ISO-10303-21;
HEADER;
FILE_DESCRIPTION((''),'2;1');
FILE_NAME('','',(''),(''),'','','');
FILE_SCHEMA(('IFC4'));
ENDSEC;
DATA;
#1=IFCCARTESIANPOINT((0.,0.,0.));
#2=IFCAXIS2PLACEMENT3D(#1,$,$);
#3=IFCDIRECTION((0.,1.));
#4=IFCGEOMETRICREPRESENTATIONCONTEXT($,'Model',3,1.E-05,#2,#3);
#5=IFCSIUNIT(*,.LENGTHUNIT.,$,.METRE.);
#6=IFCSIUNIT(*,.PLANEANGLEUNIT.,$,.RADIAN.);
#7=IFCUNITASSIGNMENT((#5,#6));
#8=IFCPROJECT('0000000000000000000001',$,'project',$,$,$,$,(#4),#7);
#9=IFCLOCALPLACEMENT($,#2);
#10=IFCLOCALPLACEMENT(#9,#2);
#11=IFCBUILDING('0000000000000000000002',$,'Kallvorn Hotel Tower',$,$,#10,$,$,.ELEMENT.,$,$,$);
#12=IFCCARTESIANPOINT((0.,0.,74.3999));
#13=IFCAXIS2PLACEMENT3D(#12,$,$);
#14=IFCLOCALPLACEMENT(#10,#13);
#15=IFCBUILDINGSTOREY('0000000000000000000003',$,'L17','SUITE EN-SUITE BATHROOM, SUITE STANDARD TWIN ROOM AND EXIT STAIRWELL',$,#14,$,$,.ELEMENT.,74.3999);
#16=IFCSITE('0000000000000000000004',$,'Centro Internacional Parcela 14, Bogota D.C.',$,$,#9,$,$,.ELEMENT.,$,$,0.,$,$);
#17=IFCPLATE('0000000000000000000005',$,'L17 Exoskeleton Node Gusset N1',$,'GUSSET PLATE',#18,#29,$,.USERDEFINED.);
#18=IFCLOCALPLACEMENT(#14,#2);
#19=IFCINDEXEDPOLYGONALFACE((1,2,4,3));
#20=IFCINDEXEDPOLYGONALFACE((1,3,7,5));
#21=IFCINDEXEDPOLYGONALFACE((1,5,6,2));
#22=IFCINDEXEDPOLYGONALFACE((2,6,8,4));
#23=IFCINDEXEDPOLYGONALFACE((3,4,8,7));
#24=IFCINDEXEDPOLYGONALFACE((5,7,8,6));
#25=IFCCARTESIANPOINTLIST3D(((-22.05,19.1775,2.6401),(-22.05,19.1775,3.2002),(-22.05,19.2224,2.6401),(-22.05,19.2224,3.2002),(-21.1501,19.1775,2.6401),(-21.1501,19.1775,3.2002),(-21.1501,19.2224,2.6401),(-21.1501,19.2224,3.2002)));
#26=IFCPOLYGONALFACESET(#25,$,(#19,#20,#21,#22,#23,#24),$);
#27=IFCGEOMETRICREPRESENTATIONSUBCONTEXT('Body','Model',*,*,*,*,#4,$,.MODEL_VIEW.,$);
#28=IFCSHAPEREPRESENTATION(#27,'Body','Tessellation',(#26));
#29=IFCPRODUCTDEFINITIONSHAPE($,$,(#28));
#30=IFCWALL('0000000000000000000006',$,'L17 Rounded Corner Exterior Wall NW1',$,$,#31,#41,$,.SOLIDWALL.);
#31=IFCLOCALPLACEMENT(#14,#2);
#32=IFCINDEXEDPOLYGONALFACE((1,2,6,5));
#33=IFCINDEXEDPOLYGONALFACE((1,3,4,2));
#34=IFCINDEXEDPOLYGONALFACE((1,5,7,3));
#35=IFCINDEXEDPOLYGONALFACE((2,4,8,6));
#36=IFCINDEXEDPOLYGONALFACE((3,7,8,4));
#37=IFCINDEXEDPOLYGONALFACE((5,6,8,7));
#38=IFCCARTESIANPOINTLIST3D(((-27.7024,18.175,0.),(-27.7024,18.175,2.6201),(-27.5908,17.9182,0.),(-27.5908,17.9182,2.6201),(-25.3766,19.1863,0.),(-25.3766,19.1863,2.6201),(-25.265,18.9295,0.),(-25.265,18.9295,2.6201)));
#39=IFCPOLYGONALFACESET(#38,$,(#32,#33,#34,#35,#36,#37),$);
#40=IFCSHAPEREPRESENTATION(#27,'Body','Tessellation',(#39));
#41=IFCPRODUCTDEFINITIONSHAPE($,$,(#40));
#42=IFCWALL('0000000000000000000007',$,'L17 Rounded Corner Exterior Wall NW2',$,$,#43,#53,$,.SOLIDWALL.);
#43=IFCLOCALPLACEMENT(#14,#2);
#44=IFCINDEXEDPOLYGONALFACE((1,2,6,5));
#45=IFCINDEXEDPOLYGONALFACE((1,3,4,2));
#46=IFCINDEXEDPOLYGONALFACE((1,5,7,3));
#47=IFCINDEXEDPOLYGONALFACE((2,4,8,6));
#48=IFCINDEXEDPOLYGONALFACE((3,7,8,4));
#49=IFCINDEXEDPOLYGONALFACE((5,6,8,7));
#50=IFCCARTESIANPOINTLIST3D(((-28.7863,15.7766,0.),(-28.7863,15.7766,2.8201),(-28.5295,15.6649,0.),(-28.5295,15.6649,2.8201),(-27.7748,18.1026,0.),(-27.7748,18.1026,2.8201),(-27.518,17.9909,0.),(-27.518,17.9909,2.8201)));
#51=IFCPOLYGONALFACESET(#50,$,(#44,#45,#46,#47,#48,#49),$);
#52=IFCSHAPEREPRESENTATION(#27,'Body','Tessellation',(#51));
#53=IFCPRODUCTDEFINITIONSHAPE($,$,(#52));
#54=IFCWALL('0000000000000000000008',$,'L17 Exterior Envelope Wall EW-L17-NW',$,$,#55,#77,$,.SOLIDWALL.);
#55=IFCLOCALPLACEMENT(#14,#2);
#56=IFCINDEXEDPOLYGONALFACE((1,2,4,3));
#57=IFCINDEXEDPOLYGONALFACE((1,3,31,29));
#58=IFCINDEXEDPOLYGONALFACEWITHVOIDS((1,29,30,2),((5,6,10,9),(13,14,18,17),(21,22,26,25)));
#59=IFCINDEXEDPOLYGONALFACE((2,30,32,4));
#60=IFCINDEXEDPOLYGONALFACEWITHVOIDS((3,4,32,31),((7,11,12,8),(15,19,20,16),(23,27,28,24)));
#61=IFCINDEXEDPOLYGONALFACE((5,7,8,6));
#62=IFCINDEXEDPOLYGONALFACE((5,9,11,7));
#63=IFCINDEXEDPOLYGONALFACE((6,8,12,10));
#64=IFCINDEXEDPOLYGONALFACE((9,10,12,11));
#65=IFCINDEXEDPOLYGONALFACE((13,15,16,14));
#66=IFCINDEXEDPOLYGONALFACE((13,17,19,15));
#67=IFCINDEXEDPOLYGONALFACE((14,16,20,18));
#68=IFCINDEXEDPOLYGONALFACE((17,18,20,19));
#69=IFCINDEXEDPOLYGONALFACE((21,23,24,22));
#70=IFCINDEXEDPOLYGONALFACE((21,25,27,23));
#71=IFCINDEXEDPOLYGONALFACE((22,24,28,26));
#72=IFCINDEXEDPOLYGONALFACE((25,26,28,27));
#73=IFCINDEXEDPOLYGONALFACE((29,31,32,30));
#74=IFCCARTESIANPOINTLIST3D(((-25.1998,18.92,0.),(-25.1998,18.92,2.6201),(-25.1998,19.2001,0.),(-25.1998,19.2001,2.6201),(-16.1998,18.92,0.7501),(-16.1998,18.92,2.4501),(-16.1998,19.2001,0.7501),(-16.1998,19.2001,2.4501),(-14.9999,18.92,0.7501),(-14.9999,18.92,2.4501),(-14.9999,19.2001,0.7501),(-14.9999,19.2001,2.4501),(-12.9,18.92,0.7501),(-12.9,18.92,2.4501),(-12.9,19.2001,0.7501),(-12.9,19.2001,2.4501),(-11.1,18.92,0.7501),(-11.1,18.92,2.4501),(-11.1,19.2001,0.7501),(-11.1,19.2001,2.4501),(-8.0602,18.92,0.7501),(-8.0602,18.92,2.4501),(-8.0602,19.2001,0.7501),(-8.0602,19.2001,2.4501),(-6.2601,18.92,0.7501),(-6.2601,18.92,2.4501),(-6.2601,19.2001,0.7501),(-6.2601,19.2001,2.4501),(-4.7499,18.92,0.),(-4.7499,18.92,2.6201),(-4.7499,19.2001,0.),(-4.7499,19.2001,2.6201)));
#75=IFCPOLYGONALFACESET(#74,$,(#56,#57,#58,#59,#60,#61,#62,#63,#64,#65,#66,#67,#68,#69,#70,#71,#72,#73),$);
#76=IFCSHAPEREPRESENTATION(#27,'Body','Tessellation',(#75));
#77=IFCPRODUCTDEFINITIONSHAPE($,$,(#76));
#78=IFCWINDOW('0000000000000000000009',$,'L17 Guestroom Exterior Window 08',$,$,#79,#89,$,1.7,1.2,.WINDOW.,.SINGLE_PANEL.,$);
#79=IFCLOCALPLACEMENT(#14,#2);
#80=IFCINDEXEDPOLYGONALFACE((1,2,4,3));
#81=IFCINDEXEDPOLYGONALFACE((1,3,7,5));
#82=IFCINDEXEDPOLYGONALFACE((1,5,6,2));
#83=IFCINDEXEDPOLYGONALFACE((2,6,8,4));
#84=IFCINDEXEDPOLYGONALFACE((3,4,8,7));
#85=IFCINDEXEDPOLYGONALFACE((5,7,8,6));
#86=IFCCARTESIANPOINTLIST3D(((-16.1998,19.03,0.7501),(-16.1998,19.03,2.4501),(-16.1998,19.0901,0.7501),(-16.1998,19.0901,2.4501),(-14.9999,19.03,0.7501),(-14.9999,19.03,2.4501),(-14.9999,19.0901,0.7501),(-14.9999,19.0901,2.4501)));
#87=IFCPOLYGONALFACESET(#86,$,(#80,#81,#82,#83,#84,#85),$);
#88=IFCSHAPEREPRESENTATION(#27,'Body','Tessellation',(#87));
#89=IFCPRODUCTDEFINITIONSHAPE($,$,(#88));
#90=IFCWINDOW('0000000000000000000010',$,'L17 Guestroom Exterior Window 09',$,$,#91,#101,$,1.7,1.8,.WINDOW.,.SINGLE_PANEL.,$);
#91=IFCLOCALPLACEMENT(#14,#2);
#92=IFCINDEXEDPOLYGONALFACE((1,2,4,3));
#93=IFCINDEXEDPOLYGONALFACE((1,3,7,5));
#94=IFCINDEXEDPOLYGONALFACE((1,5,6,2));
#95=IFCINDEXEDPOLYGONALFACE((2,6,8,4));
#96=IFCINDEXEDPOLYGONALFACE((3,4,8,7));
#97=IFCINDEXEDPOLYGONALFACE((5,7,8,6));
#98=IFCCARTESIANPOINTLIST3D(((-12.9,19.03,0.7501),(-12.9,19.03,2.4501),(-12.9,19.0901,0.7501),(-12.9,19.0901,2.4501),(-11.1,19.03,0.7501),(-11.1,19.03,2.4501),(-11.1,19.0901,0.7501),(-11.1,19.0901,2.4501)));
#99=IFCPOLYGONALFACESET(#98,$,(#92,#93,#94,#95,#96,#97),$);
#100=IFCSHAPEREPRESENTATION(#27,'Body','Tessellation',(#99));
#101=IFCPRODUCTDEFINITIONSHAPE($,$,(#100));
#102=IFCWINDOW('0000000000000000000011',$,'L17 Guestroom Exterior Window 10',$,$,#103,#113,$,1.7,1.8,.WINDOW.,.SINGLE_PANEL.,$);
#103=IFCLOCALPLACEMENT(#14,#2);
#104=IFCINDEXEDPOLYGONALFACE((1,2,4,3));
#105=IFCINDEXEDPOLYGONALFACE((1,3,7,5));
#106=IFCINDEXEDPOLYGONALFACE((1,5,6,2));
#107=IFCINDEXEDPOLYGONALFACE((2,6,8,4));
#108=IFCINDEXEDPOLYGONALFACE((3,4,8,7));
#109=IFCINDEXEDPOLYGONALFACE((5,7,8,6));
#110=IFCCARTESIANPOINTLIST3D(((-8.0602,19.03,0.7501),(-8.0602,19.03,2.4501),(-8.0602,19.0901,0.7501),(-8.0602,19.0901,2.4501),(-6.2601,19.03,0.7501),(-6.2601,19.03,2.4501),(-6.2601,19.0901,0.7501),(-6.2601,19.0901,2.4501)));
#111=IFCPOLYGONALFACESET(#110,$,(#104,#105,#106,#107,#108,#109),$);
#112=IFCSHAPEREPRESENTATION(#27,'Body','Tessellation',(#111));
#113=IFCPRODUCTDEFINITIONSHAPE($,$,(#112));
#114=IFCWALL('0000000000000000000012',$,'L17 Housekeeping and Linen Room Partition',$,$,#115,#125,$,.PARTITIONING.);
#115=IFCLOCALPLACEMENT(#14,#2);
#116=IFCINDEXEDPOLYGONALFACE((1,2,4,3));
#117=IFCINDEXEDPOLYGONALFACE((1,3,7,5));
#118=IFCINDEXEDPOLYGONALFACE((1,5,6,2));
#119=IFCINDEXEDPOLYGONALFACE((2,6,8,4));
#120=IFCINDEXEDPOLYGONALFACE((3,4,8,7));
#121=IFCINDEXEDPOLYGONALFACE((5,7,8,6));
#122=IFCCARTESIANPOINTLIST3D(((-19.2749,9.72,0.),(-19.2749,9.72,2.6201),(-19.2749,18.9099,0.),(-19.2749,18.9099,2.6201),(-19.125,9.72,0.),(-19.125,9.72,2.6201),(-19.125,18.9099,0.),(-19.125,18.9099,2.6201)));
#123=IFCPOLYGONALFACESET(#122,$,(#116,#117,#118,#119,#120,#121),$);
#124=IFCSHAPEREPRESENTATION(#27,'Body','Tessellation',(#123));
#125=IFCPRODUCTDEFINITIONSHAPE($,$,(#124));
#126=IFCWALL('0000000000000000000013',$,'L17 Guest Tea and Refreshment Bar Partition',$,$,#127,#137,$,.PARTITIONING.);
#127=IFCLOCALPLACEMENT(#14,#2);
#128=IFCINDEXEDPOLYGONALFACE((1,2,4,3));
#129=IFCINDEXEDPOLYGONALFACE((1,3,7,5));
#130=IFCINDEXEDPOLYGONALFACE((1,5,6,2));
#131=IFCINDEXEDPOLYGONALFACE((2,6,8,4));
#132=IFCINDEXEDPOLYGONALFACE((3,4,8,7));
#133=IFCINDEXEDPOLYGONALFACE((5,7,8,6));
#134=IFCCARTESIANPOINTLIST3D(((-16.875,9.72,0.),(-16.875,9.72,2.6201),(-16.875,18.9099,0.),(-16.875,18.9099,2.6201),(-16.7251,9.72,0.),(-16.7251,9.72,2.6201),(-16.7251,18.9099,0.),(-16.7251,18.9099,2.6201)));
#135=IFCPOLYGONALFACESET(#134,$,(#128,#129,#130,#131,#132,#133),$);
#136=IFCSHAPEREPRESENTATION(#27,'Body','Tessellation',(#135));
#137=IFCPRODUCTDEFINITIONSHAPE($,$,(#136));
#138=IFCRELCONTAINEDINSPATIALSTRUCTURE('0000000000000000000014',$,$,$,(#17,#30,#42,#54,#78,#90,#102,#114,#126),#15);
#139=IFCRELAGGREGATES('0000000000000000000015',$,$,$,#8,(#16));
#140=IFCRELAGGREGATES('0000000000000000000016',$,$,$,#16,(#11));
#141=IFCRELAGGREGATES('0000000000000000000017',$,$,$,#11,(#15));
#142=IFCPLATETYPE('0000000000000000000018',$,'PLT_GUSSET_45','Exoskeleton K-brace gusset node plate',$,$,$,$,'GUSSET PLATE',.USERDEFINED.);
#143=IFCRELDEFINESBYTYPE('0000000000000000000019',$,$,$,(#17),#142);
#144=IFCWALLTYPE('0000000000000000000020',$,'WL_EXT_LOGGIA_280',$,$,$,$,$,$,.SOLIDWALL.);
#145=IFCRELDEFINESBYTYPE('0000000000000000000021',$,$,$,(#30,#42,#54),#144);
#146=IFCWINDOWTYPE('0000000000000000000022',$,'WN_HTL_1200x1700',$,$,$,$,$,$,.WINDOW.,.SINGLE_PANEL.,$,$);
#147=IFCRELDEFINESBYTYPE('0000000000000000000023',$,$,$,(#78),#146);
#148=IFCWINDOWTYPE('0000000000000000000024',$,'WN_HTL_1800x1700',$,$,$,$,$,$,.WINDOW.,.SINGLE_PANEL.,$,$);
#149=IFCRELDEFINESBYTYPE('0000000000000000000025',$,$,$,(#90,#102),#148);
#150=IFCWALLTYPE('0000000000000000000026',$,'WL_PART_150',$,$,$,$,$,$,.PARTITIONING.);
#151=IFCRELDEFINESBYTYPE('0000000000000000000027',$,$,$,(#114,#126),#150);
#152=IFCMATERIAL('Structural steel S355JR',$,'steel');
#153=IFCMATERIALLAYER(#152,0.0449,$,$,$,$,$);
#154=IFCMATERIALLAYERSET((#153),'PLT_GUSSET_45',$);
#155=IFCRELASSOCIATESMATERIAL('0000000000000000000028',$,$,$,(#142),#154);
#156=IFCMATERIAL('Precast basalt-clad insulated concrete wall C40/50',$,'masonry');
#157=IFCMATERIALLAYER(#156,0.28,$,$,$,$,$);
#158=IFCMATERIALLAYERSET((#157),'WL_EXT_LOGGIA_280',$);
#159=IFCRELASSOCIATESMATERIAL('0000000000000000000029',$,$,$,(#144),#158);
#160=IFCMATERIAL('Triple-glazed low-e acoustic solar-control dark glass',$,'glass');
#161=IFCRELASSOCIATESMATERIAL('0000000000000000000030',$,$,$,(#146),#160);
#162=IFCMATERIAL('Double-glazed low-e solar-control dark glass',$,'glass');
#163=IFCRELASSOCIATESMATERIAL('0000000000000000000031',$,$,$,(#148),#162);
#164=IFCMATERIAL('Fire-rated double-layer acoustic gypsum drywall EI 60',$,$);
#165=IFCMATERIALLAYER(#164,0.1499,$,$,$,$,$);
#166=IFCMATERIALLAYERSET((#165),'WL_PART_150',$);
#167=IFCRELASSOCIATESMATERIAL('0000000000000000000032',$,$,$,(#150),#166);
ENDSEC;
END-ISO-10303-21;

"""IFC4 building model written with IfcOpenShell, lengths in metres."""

from ifc_helpers import new_model, si_unit, direction, frame, frame_2d, origin, origin_2d, place, context, subcontext, project, spatial, rectangle, extrude, material, layer, layer_set, type_object, element, fill, save


model = new_model("IFC4")

# Units and contexts
model_context = context("Model", 3, precision=1e-05, world=origin(), true_north=direction((0.0, 1.0)))
body_context = subcontext(model_context, "Body", "Model", "MODEL_VIEW")
ifc_project = project(units=[si_unit("LENGTHUNIT", "METRE"), si_unit("PLANEANGLEUNIT", "RADIAN")], contexts=[model_context])

# Site, building, storey
site_placement = place(None, origin())
site = spatial("IfcSite", under=ifc_project, at=site_placement, Name="Centro Internacional Parcela 14, Bogota D.C.", CompositionType="ELEMENT", RefElevation=0.0)
building_placement = place(site_placement, origin())
building = spatial("IfcBuilding", under=site, at=building_placement, Name="Kallvorn Hotel Tower", CompositionType="ELEMENT")
storey_placement = place(building_placement, frame((0.0, 0.0, 74.3999)))
storey = spatial("IfcBuildingStorey", under=building, at=storey_placement, Name="L17", Description="SUITE EN-SUITE BATHROOM, SUITE STANDARD TWIN ROOM AND EXIT STAIRWELL", CompositionType="ELEMENT", Elevation=74.3999)

# Plate
ifc_material_1 = material(Name="Structural steel S355JR", Category="steel")
ifc_layer_1 = layer(ifc_material_1, 0.0449)
ifc_layer_set_1 = layer_set([ifc_layer_1], Name="PLT_GUSSET_45")
plate_type_1 = type_object("IfcPlateType", Name="PLT_GUSSET_45", Description="Exoskeleton K-brace gusset node plate", ElementType="GUSSET PLATE", PredefinedType="USERDEFINED", material=ifc_layer_set_1)
plate_1_placement = place(storey_placement, frame((-21.6001, 19.2, 2.6401), z_axis=(0.0, 0.0, 1.0), x_axis=(1.0, 0.0, 0.0)))
element("IfcPlate", 1, at=plate_1_placement, inside=storey, type_object=plate_type_1, Name="L17 Exoskeleton Node Gusset N1", ObjectType="GUSSET PLATE", PredefinedType="USERDEFINED", context=body_context, shape_type="SweptSolid", body=[
    extrude(rectangle(XDim=0.8999, YDim=0.0449, at=origin_2d()), origin(), (0.0, 0.0, 1.0), 0.5601),
])

# Walls
ifc_material_2 = material(Name="Precast basalt-clad insulated concrete wall C40/50", Category="masonry")
ifc_layer_2 = layer(ifc_material_2, 0.28)
ifc_layer_set_2 = layer_set([ifc_layer_2], Name="WL_EXT_LOGGIA_280")
wall_type_1 = type_object("IfcWallType", Name="WL_EXT_LOGGIA_280", PredefinedType="SOLIDWALL", material=ifc_layer_set_2)
wall_1_placement = place(storey_placement, frame((-25.3208, 19.0579, 0.0), z_axis=(0.0, 0.0, 1.0), x_axis=(-0.917061, -0.398747, 0.0)))
element("IfcWall", 2, at=wall_1_placement, inside=storey, type_object=wall_type_1, Name="L17 Rounded Corner Exterior Wall NW1", PredefinedType="SOLIDWALL", context=body_context, shape_type="SweptSolid", body=[
    extrude(rectangle(XDim=2.5361, YDim=0.28, at=frame_2d((1.2681, 0.0))), origin(), (0.0, 0.0, 1.0), 2.6201),
])
wall_2_placement = place(storey_placement, frame((-27.6465, 18.0466, 0.0), z_axis=(0.0, 0.0, 1.0), x_axis=(-0.398793, -0.917041, 0.0)))
element("IfcWall", 3, at=wall_2_placement, inside=storey, type_object=wall_type_1, Name="L17 Rounded Corner Exterior Wall NW2", PredefinedType="SOLIDWALL", context=body_context, shape_type="SweptSolid", body=[
    extrude(rectangle(XDim=2.5364, YDim=0.28, at=frame_2d((1.2681, 0.0))), origin(), (0.0, 0.0, 1.0), 2.8201),
])

# Wall, openings, windows
wall_3_placement = place(storey_placement, frame((-25.2, 19.0601, 0.0), z_axis=(0.0, 0.0, 1.0), x_axis=(1.0, 0.0, 0.0)))
wall_3 = element("IfcWall", 4, at=wall_3_placement, inside=storey, type_object=wall_type_1, Name="L17 Exterior Envelope Wall EW-L17-NW", PredefinedType="SOLIDWALL", context=body_context, shape_type="SweptSolid", body=[
    extrude(rectangle(XDim=20.45, YDim=0.28, at=frame_2d((10.2251, 0.0))), origin(), (0.0, 0.0, 1.0), 2.6201),
])
opening_1_placement = place(wall_3_placement, frame((9.0, 0.0, 0.75)))
opening_1 = element("IfcOpeningElement", 5, at=opening_1_placement, cuts=wall_3, PredefinedType="OPENING", context=body_context, shape_type="SweptSolid", body=[
    extrude(rectangle(XDim=1.2, YDim=1.7, at=frame_2d((0.6001, 0.8501))), frame((0.0, 0.155, 0.0), z_axis=(0.0, -1.0, 0.0), x_axis=(1.0, 0.0, 0.0)), (0.0, 0.0, 1.0), 0.3101),
])
opening_2_placement = place(wall_3_placement, frame((12.3, 0.0, 0.75)))
opening_2 = element("IfcOpeningElement", 6, at=opening_2_placement, cuts=wall_3, PredefinedType="OPENING", context=body_context, shape_type="SweptSolid", body=[
    extrude(rectangle(XDim=1.8, YDim=1.7, at=frame_2d((0.8999, 0.8501))), frame((0.0, 0.155, 0.0), z_axis=(0.0, -1.0, 0.0), x_axis=(1.0, 0.0, 0.0)), (0.0, 0.0, 1.0), 0.3101),
])
opening_3_placement = place(wall_3_placement, frame((17.1399, 0.0, 0.75)))
opening_3 = element("IfcOpeningElement", 7, at=opening_3_placement, cuts=wall_3, PredefinedType="OPENING", context=body_context, shape_type="SweptSolid", body=[
    extrude(rectangle(XDim=1.8, YDim=1.7, at=frame_2d((0.8999, 0.8501))), frame((0.0, 0.155, 0.0), z_axis=(0.0, -1.0, 0.0), x_axis=(1.0, 0.0, 0.0)), (0.0, 0.0, 1.0), 0.3101),
])
ifc_material_3 = material(Name="Triple-glazed low-e acoustic solar-control dark glass", Category="glass")
window_type_1 = type_object("IfcWindowType", Name="WN_HTL_1200x1700", PartitioningType="SINGLE_PANEL", PredefinedType="WINDOW", material=ifc_material_3)
window_1_placement = place(opening_1_placement, origin())
window_1 = element("IfcWindow", 8, at=window_1_placement, inside=storey, type_object=window_type_1, Name="L17 Guestroom Exterior Window 08", OverallHeight=1.7, OverallWidth=1.2, PartitioningType="SINGLE_PANEL", PredefinedType="WINDOW", context=body_context, shape_type="SweptSolid", body=[
    extrude(rectangle(XDim=1.2, YDim=1.7, at=frame_2d((0.6001, 0.8501))), frame((0.0, 0.03, 0.0), z_axis=(0.0, -1.0, 0.0), x_axis=(1.0, 0.0, 0.0)), (0.0, 0.0, 1.0), 0.0601),
])
fill(opening_1, window_1)
ifc_material_4 = material(Name="Double-glazed low-e solar-control dark glass", Category="glass")
window_type_2 = type_object("IfcWindowType", Name="WN_HTL_1800x1700", PartitioningType="SINGLE_PANEL", PredefinedType="WINDOW", material=ifc_material_4)
window_2_placement = place(opening_2_placement, origin())
window_2 = element("IfcWindow", 9, at=window_2_placement, inside=storey, type_object=window_type_2, Name="L17 Guestroom Exterior Window 09", OverallHeight=1.7, OverallWidth=1.8, PartitioningType="SINGLE_PANEL", PredefinedType="WINDOW", context=body_context, shape_type="SweptSolid", body=[
    extrude(rectangle(XDim=1.8, YDim=1.7, at=frame_2d((0.8999, 0.8501))), frame((0.0, 0.03, 0.0), z_axis=(0.0, -1.0, 0.0), x_axis=(1.0, 0.0, 0.0)), (0.0, 0.0, 1.0), 0.0601),
])
fill(opening_2, window_2)
window_3_placement = place(opening_3_placement, origin())
window_3 = element("IfcWindow", 10, at=window_3_placement, inside=storey, type_object=window_type_2, Name="L17 Guestroom Exterior Window 10", OverallHeight=1.7, OverallWidth=1.8, PartitioningType="SINGLE_PANEL", PredefinedType="WINDOW", context=body_context, shape_type="SweptSolid", body=[
    extrude(rectangle(XDim=1.8, YDim=1.7, at=frame_2d((0.8999, 0.8501))), frame((0.0, 0.03, 0.0), z_axis=(0.0, -1.0, 0.0), x_axis=(1.0, 0.0, 0.0)), (0.0, 0.0, 1.0), 0.0601),
])
fill(opening_3, window_3)

# Walls
ifc_material_5 = material(Name="Fire-rated double-layer acoustic gypsum drywall EI 60")
ifc_layer_3 = layer(ifc_material_5, 0.1499)
ifc_layer_set_3 = layer_set([ifc_layer_3], Name="WL_PART_150")
wall_type_2 = type_object("IfcWallType", Name="WL_PART_150", PredefinedType="PARTITIONING", material=ifc_layer_set_3)
for number, where, z_axis, x_axis, name in (
    (11, (-19.2, 9.72, 0.0), (0.0, 0.0, 1.0), (0.0, 1.0, 0.0), "L17 Housekeeping and Linen Room Partition"),
    (12, (-16.8, 9.72, 0.0), (0.0, 0.0, 1.0), (0.0, 1.0, 0.0), "L17 Guest Tea and Refreshment Bar Partition"),
):
    element("IfcWall", number, at=place(storey_placement, frame(where, z_axis=z_axis, x_axis=x_axis)), inside=storey, type_object=wall_type_2, Name=name, PredefinedType="PARTITIONING", context=body_context, shape_type="SweptSolid", body=[
        extrude(rectangle(XDim=9.1899, YDim=0.1499, at=frame_2d((4.595, 0.0))), origin(), (0.0, 0.0, 1.0), 2.6201),
    ])

save(model, "model.ifc")
